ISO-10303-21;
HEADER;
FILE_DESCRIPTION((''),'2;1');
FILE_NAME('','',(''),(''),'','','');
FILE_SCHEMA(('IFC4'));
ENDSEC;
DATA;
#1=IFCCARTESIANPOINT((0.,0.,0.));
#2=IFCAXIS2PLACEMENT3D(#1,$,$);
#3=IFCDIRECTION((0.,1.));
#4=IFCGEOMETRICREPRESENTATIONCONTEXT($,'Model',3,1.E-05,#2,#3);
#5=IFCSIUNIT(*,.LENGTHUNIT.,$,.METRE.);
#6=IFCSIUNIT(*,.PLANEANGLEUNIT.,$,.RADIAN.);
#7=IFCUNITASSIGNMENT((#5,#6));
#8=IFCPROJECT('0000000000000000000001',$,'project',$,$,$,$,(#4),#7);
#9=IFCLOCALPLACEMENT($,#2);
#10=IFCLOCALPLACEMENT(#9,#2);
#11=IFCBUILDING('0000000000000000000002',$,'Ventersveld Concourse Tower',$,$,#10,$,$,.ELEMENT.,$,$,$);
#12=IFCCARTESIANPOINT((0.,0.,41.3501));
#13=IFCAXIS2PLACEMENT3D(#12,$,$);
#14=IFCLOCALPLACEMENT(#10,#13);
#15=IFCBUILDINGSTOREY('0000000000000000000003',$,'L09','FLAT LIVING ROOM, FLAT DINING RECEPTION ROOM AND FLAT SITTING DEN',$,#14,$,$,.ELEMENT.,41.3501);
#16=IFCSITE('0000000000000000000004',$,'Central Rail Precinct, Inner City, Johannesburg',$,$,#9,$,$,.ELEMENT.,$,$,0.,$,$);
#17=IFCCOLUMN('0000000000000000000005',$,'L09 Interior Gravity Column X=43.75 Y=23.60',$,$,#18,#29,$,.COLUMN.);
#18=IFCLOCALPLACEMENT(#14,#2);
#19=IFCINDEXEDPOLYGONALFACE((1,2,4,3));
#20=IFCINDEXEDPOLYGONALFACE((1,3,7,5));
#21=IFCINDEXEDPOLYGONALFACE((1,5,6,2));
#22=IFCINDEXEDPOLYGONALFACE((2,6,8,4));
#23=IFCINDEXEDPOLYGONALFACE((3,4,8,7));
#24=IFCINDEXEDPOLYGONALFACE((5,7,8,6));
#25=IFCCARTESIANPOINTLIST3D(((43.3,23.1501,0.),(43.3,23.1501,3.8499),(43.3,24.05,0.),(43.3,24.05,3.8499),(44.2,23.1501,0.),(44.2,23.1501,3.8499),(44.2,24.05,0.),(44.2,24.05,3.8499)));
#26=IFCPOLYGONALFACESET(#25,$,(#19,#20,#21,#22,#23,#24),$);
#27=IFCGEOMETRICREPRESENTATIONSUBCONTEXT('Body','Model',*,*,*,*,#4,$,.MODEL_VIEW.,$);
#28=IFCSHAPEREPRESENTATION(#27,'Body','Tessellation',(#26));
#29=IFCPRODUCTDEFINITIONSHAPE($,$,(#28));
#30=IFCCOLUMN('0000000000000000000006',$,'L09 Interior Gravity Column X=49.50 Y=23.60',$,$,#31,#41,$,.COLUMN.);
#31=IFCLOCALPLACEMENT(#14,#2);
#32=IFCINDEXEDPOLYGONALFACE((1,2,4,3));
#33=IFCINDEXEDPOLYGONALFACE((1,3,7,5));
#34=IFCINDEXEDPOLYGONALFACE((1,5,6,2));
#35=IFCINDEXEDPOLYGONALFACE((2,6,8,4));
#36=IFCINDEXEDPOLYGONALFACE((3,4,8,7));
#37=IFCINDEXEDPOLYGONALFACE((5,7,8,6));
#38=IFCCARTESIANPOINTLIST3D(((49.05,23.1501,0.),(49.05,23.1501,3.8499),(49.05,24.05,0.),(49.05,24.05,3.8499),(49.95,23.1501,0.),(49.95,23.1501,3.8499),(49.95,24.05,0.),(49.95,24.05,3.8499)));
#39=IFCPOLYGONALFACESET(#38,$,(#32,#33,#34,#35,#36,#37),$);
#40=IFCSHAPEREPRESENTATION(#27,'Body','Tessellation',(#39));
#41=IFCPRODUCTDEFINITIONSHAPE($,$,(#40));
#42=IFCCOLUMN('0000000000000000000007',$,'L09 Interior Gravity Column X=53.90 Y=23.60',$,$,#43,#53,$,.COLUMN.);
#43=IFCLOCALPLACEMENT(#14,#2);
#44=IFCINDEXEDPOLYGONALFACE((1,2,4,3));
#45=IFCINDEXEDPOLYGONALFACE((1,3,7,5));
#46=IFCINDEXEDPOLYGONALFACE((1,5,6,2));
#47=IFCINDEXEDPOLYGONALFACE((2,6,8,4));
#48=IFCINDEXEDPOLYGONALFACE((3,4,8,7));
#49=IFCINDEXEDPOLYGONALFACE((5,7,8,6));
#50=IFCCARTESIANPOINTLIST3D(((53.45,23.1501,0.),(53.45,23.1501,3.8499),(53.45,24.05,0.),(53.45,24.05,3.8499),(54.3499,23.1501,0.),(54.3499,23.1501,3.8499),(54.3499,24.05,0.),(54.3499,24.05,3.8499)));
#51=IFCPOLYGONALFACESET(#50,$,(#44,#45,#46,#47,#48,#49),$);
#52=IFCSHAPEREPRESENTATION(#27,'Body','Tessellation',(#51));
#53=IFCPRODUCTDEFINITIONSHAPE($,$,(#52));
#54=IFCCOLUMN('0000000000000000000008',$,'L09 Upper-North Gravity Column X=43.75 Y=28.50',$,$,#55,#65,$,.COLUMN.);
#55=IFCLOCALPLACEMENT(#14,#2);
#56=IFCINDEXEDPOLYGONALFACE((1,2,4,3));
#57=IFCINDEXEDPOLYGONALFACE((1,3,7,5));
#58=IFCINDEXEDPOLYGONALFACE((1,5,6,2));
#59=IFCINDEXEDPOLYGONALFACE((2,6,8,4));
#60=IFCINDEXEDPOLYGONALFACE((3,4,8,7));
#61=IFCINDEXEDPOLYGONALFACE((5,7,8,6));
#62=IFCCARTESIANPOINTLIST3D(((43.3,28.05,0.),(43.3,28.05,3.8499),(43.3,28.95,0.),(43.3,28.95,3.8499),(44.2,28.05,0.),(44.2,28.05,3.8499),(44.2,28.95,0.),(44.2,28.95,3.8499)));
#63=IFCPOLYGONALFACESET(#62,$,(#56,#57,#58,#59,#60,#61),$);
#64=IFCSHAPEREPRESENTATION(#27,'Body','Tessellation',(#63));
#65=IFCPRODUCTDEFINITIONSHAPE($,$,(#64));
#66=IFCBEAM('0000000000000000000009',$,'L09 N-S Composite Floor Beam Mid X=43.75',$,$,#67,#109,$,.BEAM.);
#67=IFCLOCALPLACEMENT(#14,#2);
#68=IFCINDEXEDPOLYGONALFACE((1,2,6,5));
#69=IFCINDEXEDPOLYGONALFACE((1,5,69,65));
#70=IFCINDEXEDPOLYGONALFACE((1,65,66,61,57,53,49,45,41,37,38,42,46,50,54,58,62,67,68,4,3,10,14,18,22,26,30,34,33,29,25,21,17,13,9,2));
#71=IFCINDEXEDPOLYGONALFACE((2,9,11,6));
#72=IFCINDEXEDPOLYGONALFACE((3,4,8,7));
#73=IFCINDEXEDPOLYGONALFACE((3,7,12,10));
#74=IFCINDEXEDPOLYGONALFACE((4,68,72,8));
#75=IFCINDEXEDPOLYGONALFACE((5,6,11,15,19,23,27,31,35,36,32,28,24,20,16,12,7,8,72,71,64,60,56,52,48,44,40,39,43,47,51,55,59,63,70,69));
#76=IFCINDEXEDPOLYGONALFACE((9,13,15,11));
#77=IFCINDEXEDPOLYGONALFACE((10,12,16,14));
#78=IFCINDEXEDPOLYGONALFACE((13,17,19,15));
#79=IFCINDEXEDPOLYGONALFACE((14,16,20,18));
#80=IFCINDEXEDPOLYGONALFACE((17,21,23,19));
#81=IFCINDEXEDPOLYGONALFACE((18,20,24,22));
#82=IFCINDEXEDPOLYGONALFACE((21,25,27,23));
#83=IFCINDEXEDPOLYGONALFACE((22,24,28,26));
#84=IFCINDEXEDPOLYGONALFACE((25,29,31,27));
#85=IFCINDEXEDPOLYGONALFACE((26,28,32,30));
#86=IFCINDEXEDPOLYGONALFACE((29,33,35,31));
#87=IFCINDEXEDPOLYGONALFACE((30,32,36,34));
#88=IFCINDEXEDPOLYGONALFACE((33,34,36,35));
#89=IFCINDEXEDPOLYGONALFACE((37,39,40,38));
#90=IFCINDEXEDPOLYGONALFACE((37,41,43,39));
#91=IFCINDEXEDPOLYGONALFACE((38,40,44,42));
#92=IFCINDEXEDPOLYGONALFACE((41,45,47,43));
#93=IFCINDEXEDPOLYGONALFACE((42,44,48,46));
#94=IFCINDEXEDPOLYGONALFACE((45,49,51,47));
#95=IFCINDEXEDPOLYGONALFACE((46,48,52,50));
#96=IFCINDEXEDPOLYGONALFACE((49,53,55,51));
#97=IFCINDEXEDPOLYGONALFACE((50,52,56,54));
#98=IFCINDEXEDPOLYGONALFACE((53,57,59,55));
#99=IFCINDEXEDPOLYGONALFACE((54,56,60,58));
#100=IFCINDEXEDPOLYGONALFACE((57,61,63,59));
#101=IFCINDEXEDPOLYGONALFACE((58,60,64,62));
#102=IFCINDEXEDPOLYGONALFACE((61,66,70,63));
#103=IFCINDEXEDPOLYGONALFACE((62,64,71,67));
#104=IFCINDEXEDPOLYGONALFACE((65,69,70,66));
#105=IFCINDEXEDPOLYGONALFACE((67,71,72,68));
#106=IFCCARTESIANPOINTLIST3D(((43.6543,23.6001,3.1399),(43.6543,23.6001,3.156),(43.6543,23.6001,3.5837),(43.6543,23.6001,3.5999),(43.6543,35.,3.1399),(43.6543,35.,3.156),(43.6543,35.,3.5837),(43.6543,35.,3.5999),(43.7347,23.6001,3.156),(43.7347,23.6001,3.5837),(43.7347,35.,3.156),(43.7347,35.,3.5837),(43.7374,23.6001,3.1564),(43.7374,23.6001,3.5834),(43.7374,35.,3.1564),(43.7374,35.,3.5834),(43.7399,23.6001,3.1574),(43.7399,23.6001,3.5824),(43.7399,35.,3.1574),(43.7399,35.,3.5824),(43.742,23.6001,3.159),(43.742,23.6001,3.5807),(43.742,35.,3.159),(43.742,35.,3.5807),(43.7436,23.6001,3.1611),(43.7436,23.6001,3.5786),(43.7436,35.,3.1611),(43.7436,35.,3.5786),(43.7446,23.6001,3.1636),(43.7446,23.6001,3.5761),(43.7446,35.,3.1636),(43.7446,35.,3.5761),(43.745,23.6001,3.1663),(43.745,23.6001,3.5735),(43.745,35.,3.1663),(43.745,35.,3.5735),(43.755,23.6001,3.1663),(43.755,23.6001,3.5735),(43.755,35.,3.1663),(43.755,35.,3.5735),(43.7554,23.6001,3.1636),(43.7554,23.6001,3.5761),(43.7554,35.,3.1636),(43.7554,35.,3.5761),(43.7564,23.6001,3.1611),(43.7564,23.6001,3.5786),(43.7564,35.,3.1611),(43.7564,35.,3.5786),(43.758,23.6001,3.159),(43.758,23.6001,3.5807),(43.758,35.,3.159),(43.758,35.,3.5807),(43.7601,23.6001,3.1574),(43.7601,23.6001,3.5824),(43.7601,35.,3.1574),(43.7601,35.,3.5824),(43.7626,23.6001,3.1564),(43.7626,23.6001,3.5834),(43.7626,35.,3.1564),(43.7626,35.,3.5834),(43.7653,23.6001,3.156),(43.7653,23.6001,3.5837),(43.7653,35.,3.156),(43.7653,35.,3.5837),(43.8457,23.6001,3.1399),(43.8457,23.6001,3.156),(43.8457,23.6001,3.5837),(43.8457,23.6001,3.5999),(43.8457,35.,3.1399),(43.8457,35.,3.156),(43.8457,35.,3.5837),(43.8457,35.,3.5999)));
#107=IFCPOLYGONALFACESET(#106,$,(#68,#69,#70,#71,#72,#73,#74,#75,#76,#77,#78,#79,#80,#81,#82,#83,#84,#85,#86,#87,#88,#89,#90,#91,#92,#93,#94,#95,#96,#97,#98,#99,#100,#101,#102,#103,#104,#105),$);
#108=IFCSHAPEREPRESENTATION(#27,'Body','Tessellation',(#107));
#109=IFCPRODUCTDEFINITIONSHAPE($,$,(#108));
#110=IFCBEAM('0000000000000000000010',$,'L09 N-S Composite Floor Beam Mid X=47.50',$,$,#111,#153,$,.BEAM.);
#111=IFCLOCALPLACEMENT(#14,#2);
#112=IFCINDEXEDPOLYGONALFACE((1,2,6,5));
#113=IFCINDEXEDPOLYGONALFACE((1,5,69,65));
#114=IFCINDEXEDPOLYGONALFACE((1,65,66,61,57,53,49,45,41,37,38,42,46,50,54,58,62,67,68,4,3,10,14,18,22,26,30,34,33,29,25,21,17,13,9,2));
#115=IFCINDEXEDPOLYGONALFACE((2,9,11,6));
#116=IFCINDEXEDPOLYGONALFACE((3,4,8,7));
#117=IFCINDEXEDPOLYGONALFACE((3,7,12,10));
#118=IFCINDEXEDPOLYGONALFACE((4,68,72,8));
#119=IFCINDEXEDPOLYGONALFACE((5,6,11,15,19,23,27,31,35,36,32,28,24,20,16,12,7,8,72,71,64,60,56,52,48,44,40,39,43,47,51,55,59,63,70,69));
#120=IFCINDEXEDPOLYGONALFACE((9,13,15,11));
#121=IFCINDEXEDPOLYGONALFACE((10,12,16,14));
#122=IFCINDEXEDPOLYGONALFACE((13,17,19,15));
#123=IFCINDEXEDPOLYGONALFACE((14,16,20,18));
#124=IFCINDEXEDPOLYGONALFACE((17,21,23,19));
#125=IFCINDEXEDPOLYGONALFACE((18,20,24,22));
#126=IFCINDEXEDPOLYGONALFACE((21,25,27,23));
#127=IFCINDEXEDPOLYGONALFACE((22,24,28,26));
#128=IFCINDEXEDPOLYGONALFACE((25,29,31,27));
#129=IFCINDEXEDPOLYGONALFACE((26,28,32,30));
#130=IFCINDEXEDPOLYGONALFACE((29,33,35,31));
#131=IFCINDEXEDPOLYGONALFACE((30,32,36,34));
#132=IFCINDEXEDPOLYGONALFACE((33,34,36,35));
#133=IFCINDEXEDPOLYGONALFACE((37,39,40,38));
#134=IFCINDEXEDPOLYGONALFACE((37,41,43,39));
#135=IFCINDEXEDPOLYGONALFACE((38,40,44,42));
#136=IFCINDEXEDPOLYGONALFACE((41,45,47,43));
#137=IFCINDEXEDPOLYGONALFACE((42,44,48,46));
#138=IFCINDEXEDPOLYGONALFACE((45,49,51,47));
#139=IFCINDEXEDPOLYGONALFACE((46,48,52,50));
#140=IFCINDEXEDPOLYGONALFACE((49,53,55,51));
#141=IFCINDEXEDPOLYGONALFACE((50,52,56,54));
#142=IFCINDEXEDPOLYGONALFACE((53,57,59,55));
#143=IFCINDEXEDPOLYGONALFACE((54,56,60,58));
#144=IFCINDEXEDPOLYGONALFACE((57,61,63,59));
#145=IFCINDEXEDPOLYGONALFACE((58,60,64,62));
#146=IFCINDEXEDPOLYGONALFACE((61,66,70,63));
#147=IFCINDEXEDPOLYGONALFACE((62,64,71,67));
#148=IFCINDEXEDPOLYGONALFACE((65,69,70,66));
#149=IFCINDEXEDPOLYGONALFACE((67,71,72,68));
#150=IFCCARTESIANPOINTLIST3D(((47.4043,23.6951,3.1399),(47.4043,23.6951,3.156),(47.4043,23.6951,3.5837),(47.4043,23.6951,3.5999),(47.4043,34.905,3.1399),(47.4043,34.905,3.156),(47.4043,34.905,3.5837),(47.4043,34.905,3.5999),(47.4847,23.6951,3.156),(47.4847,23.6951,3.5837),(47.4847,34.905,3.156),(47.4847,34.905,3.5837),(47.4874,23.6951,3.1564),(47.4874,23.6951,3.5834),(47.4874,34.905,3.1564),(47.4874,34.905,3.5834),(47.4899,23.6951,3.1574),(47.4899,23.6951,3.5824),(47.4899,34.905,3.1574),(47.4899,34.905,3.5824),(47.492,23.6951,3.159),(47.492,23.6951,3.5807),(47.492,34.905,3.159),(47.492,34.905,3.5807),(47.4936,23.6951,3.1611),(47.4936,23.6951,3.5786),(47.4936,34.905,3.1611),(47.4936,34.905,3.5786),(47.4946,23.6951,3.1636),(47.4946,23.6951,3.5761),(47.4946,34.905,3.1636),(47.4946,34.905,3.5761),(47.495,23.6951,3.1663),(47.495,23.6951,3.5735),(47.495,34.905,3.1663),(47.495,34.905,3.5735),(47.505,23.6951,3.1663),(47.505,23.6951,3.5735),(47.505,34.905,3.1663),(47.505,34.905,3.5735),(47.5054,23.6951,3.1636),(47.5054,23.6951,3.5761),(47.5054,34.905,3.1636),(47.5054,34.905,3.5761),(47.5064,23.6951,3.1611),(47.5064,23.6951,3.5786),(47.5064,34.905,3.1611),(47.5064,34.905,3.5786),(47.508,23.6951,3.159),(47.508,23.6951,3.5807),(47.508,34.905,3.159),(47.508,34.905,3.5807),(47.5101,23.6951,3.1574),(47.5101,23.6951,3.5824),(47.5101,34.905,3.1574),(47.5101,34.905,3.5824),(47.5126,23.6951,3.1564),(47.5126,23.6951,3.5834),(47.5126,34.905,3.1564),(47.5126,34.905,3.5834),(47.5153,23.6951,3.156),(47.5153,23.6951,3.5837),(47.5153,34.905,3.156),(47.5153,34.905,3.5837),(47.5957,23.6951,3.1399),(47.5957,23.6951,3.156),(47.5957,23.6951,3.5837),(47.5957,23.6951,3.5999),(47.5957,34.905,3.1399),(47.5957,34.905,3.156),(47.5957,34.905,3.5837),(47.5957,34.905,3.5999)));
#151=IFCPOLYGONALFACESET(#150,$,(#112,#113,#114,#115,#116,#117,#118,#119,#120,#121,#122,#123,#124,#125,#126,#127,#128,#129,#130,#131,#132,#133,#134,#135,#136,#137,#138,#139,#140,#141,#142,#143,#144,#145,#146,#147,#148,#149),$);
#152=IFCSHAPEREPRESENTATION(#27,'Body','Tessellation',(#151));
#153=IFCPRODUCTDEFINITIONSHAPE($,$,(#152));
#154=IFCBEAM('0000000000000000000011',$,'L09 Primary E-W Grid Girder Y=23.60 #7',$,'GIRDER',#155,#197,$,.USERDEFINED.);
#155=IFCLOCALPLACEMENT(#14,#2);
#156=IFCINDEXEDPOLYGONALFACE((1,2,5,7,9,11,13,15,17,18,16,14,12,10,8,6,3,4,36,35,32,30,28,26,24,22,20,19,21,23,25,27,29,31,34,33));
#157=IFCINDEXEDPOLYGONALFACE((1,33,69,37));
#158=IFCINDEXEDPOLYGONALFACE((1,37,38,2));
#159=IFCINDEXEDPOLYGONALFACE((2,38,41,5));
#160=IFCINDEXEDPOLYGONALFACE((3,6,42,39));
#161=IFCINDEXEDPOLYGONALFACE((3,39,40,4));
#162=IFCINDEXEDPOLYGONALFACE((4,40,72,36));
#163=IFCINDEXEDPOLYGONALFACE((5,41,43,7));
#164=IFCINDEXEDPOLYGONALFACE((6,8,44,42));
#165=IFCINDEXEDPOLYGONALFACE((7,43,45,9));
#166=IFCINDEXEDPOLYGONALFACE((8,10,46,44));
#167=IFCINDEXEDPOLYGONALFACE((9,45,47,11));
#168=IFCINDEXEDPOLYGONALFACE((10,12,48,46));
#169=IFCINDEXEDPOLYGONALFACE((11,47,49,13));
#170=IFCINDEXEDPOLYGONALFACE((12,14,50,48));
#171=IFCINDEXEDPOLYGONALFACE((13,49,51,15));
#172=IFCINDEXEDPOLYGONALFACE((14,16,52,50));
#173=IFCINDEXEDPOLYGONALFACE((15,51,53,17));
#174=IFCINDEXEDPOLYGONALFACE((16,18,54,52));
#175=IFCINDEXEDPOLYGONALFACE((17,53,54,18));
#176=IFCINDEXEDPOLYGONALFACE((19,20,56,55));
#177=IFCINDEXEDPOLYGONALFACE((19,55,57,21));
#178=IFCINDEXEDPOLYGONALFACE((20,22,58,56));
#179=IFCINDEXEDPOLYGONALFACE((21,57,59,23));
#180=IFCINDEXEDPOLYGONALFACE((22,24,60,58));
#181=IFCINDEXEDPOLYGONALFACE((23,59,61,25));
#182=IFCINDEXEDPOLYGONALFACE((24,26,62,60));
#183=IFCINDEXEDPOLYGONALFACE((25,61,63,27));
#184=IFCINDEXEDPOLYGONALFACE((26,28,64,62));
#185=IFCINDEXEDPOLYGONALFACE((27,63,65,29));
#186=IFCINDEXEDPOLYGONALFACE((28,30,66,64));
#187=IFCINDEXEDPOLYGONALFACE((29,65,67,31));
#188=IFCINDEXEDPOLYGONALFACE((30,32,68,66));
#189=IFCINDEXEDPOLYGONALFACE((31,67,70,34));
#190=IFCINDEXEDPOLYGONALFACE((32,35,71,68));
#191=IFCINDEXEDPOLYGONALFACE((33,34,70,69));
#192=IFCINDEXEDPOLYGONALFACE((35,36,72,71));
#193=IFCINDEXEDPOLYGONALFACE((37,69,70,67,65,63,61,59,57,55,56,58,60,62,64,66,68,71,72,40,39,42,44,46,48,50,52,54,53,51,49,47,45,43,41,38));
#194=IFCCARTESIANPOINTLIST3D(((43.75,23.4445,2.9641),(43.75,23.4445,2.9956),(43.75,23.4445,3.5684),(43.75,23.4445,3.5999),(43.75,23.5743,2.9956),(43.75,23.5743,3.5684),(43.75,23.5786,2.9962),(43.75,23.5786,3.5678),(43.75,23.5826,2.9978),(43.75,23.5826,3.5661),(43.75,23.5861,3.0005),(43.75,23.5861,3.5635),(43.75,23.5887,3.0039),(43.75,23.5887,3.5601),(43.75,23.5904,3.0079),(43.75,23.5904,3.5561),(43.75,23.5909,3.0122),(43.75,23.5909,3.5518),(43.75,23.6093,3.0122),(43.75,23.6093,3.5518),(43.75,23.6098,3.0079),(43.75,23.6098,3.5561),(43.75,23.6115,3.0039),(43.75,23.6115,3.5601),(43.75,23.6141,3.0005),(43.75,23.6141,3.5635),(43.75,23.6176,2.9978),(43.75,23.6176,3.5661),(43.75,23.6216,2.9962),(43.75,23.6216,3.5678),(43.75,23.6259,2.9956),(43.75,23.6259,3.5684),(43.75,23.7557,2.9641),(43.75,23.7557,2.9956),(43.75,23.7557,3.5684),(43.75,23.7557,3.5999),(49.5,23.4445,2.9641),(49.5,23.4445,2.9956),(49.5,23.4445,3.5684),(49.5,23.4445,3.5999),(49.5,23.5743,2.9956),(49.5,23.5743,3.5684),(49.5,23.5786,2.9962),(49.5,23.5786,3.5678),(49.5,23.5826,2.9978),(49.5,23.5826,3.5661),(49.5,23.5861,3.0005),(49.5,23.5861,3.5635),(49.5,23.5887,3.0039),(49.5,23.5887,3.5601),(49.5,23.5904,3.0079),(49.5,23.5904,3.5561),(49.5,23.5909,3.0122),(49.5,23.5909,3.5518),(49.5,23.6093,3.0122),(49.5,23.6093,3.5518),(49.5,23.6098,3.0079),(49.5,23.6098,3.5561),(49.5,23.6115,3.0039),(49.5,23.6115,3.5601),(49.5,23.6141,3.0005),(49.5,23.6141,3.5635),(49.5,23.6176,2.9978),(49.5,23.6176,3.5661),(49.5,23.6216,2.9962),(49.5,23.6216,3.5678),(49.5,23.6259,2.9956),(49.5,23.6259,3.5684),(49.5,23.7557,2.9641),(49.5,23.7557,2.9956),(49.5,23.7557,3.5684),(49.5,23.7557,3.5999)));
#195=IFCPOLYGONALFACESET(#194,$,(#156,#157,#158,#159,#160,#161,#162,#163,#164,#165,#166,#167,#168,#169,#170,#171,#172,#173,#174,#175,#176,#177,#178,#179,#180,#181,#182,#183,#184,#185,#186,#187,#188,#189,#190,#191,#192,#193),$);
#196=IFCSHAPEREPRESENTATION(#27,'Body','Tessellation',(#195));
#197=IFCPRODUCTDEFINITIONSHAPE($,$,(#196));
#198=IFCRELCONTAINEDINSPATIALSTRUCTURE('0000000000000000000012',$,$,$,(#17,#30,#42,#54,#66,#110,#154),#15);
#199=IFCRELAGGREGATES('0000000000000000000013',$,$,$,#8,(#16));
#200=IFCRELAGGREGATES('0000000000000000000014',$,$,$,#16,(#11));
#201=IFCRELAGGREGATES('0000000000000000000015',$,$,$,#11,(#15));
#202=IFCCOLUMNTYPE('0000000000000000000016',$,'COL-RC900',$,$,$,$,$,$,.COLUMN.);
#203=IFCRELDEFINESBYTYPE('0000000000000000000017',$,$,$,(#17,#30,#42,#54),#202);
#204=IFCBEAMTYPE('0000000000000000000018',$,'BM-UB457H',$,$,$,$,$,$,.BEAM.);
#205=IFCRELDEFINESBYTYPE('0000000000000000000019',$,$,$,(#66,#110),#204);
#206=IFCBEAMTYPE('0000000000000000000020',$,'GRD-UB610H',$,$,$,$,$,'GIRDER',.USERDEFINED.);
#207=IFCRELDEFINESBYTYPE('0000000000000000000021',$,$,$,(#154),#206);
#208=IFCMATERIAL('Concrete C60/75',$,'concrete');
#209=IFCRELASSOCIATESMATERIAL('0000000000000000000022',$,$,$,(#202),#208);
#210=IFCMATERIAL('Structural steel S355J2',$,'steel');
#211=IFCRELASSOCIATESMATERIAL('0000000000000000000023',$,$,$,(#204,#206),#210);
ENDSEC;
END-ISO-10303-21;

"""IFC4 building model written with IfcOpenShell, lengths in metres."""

from ifc_helpers import new_model, si_unit, direction, frame, origin, origin_2d, place, context, subcontext, project, spatial, rectangle, i_section, extrude, material, material_profile, profile_set, type_object, element, save


model = new_model("IFC4")

# Units and contexts
model_context = context("Model", 3, precision=1e-05, world=origin(), true_north=direction((0.0, 1.0)))
body_context = subcontext(model_context, "Body", "Model", "MODEL_VIEW")
ifc_project = project(units=[si_unit("LENGTHUNIT", "METRE"), si_unit("PLANEANGLEUNIT", "RADIAN")], contexts=[model_context])

# Site, building, storey
site_placement = place(None, origin())
site = spatial("IfcSite", under=ifc_project, at=site_placement, Name="Central Rail Precinct, Inner City, Johannesburg", CompositionType="ELEMENT", RefElevation=0.0)
building_placement = place(site_placement, origin())
building = spatial("IfcBuilding", under=site, at=building_placement, Name="Ventersveld Concourse Tower", CompositionType="ELEMENT")
storey_placement = place(building_placement, frame((0.0, 0.0, 41.3501)))
storey = spatial("IfcBuildingStorey", under=building, at=storey_placement, Name="L09", Description="FLAT LIVING ROOM, FLAT DINING RECEPTION ROOM AND FLAT SITTING DEN", CompositionType="ELEMENT", Elevation=41.3501)

# Columns
ifc_material_1 = material(Name="Concrete C60/75", Category="concrete")
ifc_material_profile_1 = material_profile(ifc_material_1, rectangle(XDim=0.8999, YDim=0.8999, at=origin_2d()), Name="RC 900x900")
ifc_profile_set_1 = profile_set([ifc_material_profile_1], Name="Concrete C60/75")
column_type = type_object("IfcColumnType", Name="COL-RC900", PredefinedType="COLUMN", material=ifc_profile_set_1)
for number, where, z_axis, x_axis, name in (
    (1, (43.75, 23.6001, 0.0), (0.0, 0.0, 1.0), (1.0, 0.0, 0.0), "L09 Interior Gravity Column X=43.75 Y=23.60"),
    (2, (49.5, 23.6001, 0.0), (0.0, 0.0, 1.0), (1.0, 0.0, 0.0), "L09 Interior Gravity Column X=49.50 Y=23.60"),
    (3, (53.8999, 23.6001, 0.0), (0.0, 0.0, 1.0), (1.0, 0.0, 0.0), "L09 Interior Gravity Column X=53.90 Y=23.60"),
    (4, (43.75, 28.5, 0.0), (0.0, 0.0, 1.0), (1.0, 0.0, 0.0), "L09 Upper-North Gravity Column X=43.75 Y=28.50"),
):
    element("IfcColumn", number, at=place(storey_placement, frame(where, z_axis=z_axis, x_axis=x_axis)), inside=storey, type_object=column_type, Name=name, PredefinedType="COLUMN", context=body_context, shape_type="SweptSolid", body=[
        extrude(rectangle(XDim=0.8999, YDim=0.8999, at=origin_2d()), origin(), (0.0, 0.0, 1.0), 3.8499),
    ])

# Beams
ifc_material_2 = material(Name="Structural steel S355J2", Category="steel")
ifc_material_profile_2 = material_profile(ifc_material_2, i_section(OverallWidth=0.1914, OverallDepth=0.46, WebThickness=0.01, FlangeThickness=0.0161, FilletRadius=0.0103, at=origin_2d()), Name="UB 457x191x82")
ifc_profile_set_2 = profile_set([ifc_material_profile_2], Name="Structural steel S355J2")
beam_type_1 = type_object("IfcBeamType", Name="BM-UB457H", PredefinedType="BEAM", material=ifc_profile_set_2)
beam_1_placement = place(storey_placement, frame((43.75, 23.6001, 3.3699), z_axis=(0.0, 1.0, 0.0), x_axis=(-1.0, 0.0, 0.0)))
element("IfcBeam", 5, at=beam_1_placement, inside=storey, type_object=beam_type_1, Name="L09 N-S Composite Floor Beam Mid X=43.75", PredefinedType="BEAM", context=body_context, shape_type="SweptSolid", body=[
    extrude(i_section(OverallWidth=0.1914, OverallDepth=0.46, WebThickness=0.01, FlangeThickness=0.0161, FilletRadius=0.0103, at=origin_2d()), origin(), (0.0, 0.0, 1.0), 11.3999),
])
beam_2_placement = place(storey_placement, frame((47.5, 23.6951, 3.3699), z_axis=(0.0, 1.0, 0.0), x_axis=(-1.0, 0.0, 0.0)))
element("IfcBeam", 6, at=beam_2_placement, inside=storey, type_object=beam_type_1, Name="L09 N-S Composite Floor Beam Mid X=47.50", PredefinedType="BEAM", context=body_context, shape_type="SweptSolid", body=[
    extrude(i_section(OverallWidth=0.1914, OverallDepth=0.46, WebThickness=0.01, FlangeThickness=0.0161, FilletRadius=0.0103, at=origin_2d()), origin(), (0.0, 0.0, 1.0), 11.21),
])
ifc_material_profile_3 = material_profile(ifc_material_2, i_section(OverallWidth=0.3113, OverallDepth=0.6357, WebThickness=0.0183, FlangeThickness=0.0315, FilletRadius=0.0166, at=origin_2d()), Name="UB 610x305x238")
ifc_profile_set_3 = profile_set([ifc_material_profile_3], Name="Structural steel S355J2")
beam_type_2 = type_object("IfcBeamType", Name="GRD-UB610H", ElementType="GIRDER", PredefinedType="USERDEFINED", material=ifc_profile_set_3)
beam_3_placement = place(storey_placement, frame((43.75, 23.6001, 3.282), z_axis=(1.0, 0.0, 0.0), x_axis=(0.0, 1.0, 0.0)))
element("IfcBeam", 7, at=beam_3_placement, inside=storey, type_object=beam_type_2, Name="L09 Primary E-W Grid Girder Y=23.60 #7", ObjectType="GIRDER", PredefinedType="USERDEFINED", context=body_context, shape_type="SweptSolid", body=[
    extrude(i_section(OverallWidth=0.3113, OverallDepth=0.6357, WebThickness=0.0183, FlangeThickness=0.0315, FilletRadius=0.0166, at=origin_2d()), origin(), (0.0, 0.0, 1.0), 5.75),
])

save(model, "model.ifc")
